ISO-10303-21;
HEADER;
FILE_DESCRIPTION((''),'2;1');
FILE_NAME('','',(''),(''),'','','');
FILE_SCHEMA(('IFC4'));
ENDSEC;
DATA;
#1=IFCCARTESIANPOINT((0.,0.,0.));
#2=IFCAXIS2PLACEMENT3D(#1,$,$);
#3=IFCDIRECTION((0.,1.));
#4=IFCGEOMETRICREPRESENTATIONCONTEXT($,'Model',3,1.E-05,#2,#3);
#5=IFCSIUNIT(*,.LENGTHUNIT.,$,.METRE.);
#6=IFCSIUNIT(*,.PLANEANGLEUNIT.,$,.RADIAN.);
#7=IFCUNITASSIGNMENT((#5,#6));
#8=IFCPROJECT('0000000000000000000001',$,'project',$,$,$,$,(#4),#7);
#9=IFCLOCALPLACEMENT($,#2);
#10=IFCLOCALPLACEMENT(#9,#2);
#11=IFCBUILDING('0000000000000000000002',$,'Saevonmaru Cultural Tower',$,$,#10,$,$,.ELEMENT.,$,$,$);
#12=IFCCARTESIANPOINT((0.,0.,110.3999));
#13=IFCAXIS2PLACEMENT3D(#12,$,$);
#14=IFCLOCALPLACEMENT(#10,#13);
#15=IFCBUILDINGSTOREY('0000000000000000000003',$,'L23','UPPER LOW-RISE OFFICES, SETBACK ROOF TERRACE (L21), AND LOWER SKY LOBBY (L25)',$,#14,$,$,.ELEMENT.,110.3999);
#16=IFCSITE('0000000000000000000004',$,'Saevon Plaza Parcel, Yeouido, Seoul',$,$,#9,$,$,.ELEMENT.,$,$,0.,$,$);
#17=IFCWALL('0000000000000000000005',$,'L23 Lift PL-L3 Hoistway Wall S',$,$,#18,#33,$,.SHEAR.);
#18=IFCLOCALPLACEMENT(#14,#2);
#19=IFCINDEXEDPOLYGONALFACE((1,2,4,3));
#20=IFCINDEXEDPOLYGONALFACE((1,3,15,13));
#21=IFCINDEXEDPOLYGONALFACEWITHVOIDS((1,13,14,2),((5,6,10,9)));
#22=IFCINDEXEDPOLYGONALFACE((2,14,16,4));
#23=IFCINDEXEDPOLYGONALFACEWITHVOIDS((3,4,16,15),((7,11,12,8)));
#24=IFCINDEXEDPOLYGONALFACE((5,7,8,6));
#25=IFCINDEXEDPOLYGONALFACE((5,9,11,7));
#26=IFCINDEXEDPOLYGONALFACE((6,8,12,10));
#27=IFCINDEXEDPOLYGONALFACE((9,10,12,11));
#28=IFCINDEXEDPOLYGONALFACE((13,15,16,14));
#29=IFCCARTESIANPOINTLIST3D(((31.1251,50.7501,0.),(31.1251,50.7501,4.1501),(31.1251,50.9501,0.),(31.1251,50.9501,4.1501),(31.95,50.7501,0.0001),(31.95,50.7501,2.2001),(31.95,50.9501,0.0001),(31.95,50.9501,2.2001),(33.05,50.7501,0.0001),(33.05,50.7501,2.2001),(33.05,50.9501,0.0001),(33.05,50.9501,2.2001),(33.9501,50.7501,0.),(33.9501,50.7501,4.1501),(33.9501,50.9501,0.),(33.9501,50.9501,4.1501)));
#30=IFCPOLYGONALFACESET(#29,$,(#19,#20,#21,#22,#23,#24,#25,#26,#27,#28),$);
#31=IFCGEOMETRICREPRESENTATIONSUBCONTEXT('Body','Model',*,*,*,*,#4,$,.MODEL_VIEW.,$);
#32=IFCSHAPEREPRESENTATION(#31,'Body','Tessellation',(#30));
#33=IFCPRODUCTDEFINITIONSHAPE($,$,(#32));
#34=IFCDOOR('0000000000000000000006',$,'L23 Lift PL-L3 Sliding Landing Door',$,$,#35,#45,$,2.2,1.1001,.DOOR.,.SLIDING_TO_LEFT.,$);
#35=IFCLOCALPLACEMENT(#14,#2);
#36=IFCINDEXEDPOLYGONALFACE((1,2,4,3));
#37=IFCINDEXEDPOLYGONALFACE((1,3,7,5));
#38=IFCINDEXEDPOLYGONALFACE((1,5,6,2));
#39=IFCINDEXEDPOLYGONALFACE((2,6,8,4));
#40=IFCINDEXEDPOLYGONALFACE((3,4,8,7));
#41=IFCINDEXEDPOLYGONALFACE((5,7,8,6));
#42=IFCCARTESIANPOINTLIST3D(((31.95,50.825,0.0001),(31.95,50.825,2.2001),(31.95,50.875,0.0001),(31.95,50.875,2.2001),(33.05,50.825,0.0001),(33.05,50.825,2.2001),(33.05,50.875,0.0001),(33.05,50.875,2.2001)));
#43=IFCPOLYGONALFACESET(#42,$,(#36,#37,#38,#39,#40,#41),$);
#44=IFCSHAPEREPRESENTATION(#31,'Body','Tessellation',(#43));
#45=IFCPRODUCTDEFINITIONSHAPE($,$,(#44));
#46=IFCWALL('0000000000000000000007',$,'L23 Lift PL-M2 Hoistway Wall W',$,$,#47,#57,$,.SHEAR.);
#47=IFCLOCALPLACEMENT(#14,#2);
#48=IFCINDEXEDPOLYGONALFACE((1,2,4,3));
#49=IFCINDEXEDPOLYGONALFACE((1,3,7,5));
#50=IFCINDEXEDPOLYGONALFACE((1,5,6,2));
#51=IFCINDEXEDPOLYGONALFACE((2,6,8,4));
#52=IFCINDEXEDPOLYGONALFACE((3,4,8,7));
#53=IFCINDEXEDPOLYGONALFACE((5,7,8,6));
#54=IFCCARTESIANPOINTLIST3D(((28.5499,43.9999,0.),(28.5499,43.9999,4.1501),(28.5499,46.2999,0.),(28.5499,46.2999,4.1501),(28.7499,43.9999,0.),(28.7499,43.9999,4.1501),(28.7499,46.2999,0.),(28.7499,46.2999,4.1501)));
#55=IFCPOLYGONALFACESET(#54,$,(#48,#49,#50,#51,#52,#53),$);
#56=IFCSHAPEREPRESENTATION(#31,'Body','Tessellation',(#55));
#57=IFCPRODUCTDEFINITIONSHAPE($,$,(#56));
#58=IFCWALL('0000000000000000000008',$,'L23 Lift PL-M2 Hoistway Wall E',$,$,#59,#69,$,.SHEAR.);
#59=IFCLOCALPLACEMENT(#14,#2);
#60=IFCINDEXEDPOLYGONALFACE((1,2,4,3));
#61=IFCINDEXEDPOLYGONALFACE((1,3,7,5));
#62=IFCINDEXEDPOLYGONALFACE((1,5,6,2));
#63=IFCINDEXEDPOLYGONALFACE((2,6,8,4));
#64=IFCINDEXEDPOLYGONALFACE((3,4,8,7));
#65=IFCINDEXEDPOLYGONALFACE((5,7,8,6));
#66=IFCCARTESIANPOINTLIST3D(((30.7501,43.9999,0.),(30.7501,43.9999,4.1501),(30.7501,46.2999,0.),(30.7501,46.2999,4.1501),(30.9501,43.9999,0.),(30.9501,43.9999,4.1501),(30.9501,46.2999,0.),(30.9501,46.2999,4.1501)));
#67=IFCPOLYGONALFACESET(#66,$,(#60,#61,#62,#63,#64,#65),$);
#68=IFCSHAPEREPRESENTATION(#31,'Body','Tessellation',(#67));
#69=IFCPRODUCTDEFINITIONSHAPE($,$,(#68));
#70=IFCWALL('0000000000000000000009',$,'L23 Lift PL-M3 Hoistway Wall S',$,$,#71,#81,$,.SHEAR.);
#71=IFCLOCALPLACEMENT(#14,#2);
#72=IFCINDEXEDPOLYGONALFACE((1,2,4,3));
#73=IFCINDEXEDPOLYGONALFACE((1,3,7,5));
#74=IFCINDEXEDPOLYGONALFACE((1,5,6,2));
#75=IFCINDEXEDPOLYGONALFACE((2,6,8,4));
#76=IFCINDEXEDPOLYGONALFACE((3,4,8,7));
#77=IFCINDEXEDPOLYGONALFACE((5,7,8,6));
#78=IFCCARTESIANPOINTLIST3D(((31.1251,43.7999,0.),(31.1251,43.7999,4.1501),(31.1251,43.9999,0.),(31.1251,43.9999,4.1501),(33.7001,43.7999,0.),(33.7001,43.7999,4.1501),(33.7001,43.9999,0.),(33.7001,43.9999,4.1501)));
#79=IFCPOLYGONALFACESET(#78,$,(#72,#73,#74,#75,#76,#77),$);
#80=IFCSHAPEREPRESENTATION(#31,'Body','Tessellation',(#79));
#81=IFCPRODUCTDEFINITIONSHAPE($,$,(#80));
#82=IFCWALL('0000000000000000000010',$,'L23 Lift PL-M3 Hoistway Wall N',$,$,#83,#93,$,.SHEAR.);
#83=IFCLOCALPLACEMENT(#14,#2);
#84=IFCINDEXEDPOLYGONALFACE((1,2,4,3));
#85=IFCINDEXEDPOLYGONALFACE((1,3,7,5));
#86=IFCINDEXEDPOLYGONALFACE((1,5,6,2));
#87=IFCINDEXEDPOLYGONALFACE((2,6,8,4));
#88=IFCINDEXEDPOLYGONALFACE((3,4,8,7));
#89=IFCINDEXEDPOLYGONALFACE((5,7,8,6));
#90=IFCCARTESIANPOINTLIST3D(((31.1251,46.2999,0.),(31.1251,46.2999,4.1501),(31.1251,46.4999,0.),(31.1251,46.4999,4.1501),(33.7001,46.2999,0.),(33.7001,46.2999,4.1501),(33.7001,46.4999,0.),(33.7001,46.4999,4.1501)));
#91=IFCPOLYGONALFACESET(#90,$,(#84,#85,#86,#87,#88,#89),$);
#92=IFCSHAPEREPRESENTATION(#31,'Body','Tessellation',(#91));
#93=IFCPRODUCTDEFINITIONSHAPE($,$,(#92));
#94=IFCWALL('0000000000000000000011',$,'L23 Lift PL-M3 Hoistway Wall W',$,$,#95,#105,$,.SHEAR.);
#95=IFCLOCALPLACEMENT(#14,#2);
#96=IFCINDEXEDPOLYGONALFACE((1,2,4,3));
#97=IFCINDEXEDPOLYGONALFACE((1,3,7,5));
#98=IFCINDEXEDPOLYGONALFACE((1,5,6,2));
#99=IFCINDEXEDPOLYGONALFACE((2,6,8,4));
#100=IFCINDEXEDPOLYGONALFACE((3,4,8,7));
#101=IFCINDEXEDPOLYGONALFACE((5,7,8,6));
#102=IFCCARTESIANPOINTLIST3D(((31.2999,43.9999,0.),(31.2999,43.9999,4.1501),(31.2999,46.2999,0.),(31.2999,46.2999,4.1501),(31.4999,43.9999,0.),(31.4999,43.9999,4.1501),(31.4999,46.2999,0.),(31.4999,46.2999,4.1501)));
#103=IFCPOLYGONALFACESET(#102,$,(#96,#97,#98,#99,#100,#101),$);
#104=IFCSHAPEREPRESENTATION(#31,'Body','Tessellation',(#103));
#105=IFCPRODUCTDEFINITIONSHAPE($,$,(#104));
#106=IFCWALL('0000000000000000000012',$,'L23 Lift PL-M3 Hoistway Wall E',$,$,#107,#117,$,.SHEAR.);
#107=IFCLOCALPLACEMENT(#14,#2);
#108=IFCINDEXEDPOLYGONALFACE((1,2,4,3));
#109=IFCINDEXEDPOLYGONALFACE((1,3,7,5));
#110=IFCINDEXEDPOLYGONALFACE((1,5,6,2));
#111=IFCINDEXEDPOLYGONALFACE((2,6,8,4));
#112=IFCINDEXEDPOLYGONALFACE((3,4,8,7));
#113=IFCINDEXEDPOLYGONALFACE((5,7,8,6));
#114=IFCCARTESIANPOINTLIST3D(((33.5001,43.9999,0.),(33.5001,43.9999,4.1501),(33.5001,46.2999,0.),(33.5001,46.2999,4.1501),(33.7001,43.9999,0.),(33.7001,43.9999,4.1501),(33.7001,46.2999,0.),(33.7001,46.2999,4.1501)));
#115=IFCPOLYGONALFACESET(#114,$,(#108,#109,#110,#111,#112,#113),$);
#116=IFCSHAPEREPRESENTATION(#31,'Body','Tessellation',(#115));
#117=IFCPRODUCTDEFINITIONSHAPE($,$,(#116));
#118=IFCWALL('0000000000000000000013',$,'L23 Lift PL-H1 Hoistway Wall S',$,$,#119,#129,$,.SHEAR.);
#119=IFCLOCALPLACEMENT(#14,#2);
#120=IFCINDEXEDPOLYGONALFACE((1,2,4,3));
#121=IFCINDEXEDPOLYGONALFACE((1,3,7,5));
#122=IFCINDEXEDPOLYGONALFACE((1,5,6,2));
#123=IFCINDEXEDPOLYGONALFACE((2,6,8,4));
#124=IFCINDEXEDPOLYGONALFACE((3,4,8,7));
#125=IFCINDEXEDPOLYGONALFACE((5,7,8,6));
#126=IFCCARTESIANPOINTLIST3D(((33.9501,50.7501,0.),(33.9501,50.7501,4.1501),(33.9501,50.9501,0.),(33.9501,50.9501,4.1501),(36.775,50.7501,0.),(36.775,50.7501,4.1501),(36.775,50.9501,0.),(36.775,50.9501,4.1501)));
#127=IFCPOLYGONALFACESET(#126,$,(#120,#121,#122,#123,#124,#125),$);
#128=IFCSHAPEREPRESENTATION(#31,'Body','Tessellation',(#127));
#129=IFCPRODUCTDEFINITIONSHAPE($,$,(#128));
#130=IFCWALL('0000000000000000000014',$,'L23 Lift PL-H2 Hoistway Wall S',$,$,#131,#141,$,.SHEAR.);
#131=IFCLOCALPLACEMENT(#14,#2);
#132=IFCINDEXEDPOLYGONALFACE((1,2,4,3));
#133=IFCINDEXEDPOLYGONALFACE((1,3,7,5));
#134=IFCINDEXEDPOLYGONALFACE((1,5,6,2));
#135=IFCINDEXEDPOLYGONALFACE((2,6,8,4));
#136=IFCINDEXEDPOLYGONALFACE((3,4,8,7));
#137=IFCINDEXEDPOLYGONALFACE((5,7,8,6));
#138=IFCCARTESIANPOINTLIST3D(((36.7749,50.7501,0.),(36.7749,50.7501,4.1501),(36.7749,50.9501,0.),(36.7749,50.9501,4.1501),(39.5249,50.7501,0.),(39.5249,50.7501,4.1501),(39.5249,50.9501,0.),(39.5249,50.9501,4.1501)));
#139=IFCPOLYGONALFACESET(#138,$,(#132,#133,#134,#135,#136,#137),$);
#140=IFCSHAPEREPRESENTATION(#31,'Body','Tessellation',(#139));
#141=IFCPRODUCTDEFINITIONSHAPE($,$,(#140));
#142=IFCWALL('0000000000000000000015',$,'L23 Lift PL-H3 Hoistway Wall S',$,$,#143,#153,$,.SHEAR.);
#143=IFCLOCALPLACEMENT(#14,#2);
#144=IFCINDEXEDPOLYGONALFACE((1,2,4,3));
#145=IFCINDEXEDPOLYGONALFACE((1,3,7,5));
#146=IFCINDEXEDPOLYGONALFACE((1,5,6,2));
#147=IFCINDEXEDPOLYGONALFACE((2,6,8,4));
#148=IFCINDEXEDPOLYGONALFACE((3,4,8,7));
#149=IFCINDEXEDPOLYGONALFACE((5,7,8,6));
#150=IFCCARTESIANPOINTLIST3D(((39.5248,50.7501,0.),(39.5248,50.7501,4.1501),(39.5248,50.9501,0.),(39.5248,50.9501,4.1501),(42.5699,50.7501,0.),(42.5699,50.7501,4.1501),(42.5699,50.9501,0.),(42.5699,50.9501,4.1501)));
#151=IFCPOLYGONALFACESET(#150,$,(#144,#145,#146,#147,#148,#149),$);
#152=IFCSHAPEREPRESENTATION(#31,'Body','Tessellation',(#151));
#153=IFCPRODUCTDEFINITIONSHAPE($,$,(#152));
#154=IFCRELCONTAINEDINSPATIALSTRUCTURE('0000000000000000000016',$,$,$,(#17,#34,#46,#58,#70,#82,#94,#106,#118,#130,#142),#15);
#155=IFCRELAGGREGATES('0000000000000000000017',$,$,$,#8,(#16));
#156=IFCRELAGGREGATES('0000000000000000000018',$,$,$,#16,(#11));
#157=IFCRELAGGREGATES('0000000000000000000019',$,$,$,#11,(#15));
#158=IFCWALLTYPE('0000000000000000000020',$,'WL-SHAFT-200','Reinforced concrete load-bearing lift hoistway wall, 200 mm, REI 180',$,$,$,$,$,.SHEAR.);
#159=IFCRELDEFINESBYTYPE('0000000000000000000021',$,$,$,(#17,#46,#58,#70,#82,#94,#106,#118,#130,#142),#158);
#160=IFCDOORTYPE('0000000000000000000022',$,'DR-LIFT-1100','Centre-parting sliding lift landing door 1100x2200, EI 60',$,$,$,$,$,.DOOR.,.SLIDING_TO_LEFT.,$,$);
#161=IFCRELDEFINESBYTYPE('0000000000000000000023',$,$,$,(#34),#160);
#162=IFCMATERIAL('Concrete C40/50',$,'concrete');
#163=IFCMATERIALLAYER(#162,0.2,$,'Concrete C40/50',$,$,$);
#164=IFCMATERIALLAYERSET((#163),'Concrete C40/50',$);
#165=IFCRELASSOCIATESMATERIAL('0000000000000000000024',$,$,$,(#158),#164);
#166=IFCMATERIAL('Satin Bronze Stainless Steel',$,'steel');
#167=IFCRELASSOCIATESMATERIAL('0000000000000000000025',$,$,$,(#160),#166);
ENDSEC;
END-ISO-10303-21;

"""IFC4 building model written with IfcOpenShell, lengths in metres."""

from ifc_helpers import new_model, si_unit, direction, frame, frame_2d, origin, place, context, subcontext, project, spatial, rectangle, extrude, material, layer, layer_set, type_object, element, fill, save


model = new_model("IFC4")

# Units and contexts
model_context = context("Model", 3, precision=1e-05, world=origin(), true_north=direction((0.0, 1.0)))
body_context = subcontext(model_context, "Body", "Model", "MODEL_VIEW")
ifc_project = project(units=[si_unit("LENGTHUNIT", "METRE"), si_unit("PLANEANGLEUNIT", "RADIAN")], contexts=[model_context])

# Site, building, storey
site_placement = place(None, origin())
site = spatial("IfcSite", under=ifc_project, at=site_placement, Name="Saevon Plaza Parcel, Yeouido, Seoul", CompositionType="ELEMENT", RefElevation=0.0)
building_placement = place(site_placement, origin())
building = spatial("IfcBuilding", under=site, at=building_placement, Name="Saevonmaru Cultural Tower", CompositionType="ELEMENT")
storey_placement = place(building_placement, frame((0.0, 0.0, 110.3999)))
storey = spatial("IfcBuildingStorey", under=building, at=storey_placement, Name="L23", Description="UPPER LOW-RISE OFFICES, SETBACK ROOF TERRACE (L21), AND LOWER SKY LOBBY (L25)", CompositionType="ELEMENT", Elevation=110.3999)

# Shared definitions
ifc_material_1 = material(Name="Concrete C40/50", Category="concrete")
ifc_layer_1 = layer(ifc_material_1, 0.2, Name="Concrete C40/50")
ifc_layer_set_1 = layer_set([ifc_layer_1], Name="Concrete C40/50")
wall_type_1 = type_object("IfcWallType", Name="WL-SHAFT-200", Description="Reinforced concrete load-bearing lift hoistway wall, 200 mm, REI 180", PredefinedType="SHEAR", material=ifc_layer_set_1)
ifc_material_2 = material(Name="Satin Bronze Stainless Steel", Category="steel")
door_type_1 = type_object("IfcDoorType", Name="DR-LIFT-1100", Description="Centre-parting sliding lift landing door 1100x2200, EI 60", OperationType="SLIDING_TO_LEFT", PredefinedType="DOOR", material=ifc_material_2)

# Wall, opening, door
wall_1_placement = place(storey_placement, frame((31.125, 50.8501, 0.0), z_axis=(0.0, 0.0, 1.0), x_axis=(1.0, 0.0, 0.0)))
wall_1 = element("IfcWall", 1, at=wall_1_placement, inside=storey, type_object=wall_type_1, Name="L23 Lift PL-L3 Hoistway Wall S", PredefinedType="SHEAR", context=body_context, shape_type="SweptSolid", body=[
    extrude(rectangle(XDim=2.825, YDim=0.2, at=frame_2d((1.4126, 0.0))), origin(), (0.0, 0.0, 1.0), 4.1501),
])
opening_1_placement = place(wall_1_placement, frame((0.825, 0.0, 0.0)))
opening_1 = element("IfcOpeningElement", 2, at=opening_1_placement, cuts=wall_1, PredefinedType="OPENING", context=body_context, shape_type="SweptSolid", body=[
    extrude(rectangle(XDim=1.1001, YDim=2.2, at=frame_2d((0.55, 1.1001))), frame((0.0, 0.1099, 0.0), z_axis=(0.0, -1.0, 0.0), x_axis=(1.0, 0.0, 0.0)), (0.0, 0.0, 1.0), 0.22),
])
door_1_placement = place(opening_1_placement, origin())
door_1 = element("IfcDoor", 3, at=door_1_placement, inside=storey, type_object=door_type_1, Name="L23 Lift PL-L3 Sliding Landing Door", OperationType="SLIDING_TO_LEFT", OverallHeight=2.2, OverallWidth=1.1001, PredefinedType="DOOR", context=body_context, shape_type="SweptSolid", body=[
    extrude(rectangle(XDim=1.1001, YDim=2.2, at=frame_2d((0.55, 1.1001))), frame((0.0, 0.0249, 0.0), z_axis=(0.0, -1.0, 0.0), x_axis=(1.0, 0.0, 0.0)), (0.0, 0.0, 1.0), 0.05),
])
fill(opening_1, door_1)

# Walls
for number, where, z_axis, x_axis, name in (
    (4, (28.6499, 44.0, 0.0), (0.0, 0.0, 1.0), (0.0, 1.0, 0.0), "L23 Lift PL-M2 Hoistway Wall W"),
    (5, (30.8501, 44.0, 0.0), (0.0, 0.0, 1.0), (0.0, 1.0, 0.0), "L23 Lift PL-M2 Hoistway Wall E"),
):
    element("IfcWall", number, at=place(storey_placement, frame(where, z_axis=z_axis, x_axis=x_axis)), inside=storey, type_object=wall_type_1, Name=name, PredefinedType="SHEAR", context=body_context, shape_type="SweptSolid", body=[
        extrude(rectangle(XDim=2.3, YDim=0.2, at=frame_2d((1.1499, 0.0))), origin(), (0.0, 0.0, 1.0), 4.1501),
    ])
for number, where, z_axis, x_axis, name in (
    (6, (31.125, 43.8999, 0.0), (0.0, 0.0, 1.0), (1.0, 0.0, 0.0), "L23 Lift PL-M3 Hoistway Wall S"),
    (7, (31.125, 46.3999, 0.0), (0.0, 0.0, 1.0), (1.0, 0.0, 0.0), "L23 Lift PL-M3 Hoistway Wall N"),
):
    element("IfcWall", number, at=place(storey_placement, frame(where, z_axis=z_axis, x_axis=x_axis)), inside=storey, type_object=wall_type_1, Name=name, PredefinedType="SHEAR", context=body_context, shape_type="SweptSolid", body=[
        extrude(rectangle(XDim=2.575, YDim=0.2, at=frame_2d((1.2876, 0.0))), origin(), (0.0, 0.0, 1.0), 4.1501),
    ])
for number, where, z_axis, x_axis, name in (
    (8, (31.3999, 44.0, 0.0), (0.0, 0.0, 1.0), (0.0, 1.0, 0.0), "L23 Lift PL-M3 Hoistway Wall W"),
    (9, (33.6001, 44.0, 0.0), (0.0, 0.0, 1.0), (0.0, 1.0, 0.0), "L23 Lift PL-M3 Hoistway Wall E"),
):
    element("IfcWall", number, at=place(storey_placement, frame(where, z_axis=z_axis, x_axis=x_axis)), inside=storey, type_object=wall_type_1, Name=name, PredefinedType="SHEAR", context=body_context, shape_type="SweptSolid", body=[
        extrude(rectangle(XDim=2.3, YDim=0.2, at=frame_2d((1.1499, 0.0))), origin(), (0.0, 0.0, 1.0), 4.1501),
    ])
wall_2_placement = place(storey_placement, frame((33.95, 50.8501, 0.0), z_axis=(0.0, 0.0, 1.0), x_axis=(1.0, 0.0, 0.0)))
element("IfcWall", 10, at=wall_2_placement, inside=storey, type_object=wall_type_1, Name="L23 Lift PL-H1 Hoistway Wall S", PredefinedType="SHEAR", context=body_context, shape_type="SweptSolid", body=[
    extrude(rectangle(XDim=2.825, YDim=0.2, at=frame_2d((1.4126, 0.0))), origin(), (0.0, 0.0, 1.0), 4.1501),
])
wall_3_placement = place(storey_placement, frame((36.7749, 50.8501, 0.0), z_axis=(0.0, 0.0, 1.0), x_axis=(1.0, 0.0, 0.0)))
element("IfcWall", 11, at=wall_3_placement, inside=storey, type_object=wall_type_1, Name="L23 Lift PL-H2 Hoistway Wall S", PredefinedType="SHEAR", context=body_context, shape_type="SweptSolid", body=[
    extrude(rectangle(XDim=2.75, YDim=0.2, at=frame_2d((1.375, 0.0))), origin(), (0.0, 0.0, 1.0), 4.1501),
])
wall_4_placement = place(storey_placement, frame((39.5249, 50.8501, 0.0), z_axis=(0.0, 0.0, 1.0), x_axis=(1.0, 0.0, 0.0)))
element("IfcWall", 12, at=wall_4_placement, inside=storey, type_object=wall_type_1, Name="L23 Lift PL-H3 Hoistway Wall S", PredefinedType="SHEAR", context=body_context, shape_type="SweptSolid", body=[
    extrude(rectangle(XDim=3.0452, YDim=0.2, at=frame_2d((1.5225, 0.0))), origin(), (0.0, 0.0, 1.0), 4.1501),
])

save(model, "model.ifc")
